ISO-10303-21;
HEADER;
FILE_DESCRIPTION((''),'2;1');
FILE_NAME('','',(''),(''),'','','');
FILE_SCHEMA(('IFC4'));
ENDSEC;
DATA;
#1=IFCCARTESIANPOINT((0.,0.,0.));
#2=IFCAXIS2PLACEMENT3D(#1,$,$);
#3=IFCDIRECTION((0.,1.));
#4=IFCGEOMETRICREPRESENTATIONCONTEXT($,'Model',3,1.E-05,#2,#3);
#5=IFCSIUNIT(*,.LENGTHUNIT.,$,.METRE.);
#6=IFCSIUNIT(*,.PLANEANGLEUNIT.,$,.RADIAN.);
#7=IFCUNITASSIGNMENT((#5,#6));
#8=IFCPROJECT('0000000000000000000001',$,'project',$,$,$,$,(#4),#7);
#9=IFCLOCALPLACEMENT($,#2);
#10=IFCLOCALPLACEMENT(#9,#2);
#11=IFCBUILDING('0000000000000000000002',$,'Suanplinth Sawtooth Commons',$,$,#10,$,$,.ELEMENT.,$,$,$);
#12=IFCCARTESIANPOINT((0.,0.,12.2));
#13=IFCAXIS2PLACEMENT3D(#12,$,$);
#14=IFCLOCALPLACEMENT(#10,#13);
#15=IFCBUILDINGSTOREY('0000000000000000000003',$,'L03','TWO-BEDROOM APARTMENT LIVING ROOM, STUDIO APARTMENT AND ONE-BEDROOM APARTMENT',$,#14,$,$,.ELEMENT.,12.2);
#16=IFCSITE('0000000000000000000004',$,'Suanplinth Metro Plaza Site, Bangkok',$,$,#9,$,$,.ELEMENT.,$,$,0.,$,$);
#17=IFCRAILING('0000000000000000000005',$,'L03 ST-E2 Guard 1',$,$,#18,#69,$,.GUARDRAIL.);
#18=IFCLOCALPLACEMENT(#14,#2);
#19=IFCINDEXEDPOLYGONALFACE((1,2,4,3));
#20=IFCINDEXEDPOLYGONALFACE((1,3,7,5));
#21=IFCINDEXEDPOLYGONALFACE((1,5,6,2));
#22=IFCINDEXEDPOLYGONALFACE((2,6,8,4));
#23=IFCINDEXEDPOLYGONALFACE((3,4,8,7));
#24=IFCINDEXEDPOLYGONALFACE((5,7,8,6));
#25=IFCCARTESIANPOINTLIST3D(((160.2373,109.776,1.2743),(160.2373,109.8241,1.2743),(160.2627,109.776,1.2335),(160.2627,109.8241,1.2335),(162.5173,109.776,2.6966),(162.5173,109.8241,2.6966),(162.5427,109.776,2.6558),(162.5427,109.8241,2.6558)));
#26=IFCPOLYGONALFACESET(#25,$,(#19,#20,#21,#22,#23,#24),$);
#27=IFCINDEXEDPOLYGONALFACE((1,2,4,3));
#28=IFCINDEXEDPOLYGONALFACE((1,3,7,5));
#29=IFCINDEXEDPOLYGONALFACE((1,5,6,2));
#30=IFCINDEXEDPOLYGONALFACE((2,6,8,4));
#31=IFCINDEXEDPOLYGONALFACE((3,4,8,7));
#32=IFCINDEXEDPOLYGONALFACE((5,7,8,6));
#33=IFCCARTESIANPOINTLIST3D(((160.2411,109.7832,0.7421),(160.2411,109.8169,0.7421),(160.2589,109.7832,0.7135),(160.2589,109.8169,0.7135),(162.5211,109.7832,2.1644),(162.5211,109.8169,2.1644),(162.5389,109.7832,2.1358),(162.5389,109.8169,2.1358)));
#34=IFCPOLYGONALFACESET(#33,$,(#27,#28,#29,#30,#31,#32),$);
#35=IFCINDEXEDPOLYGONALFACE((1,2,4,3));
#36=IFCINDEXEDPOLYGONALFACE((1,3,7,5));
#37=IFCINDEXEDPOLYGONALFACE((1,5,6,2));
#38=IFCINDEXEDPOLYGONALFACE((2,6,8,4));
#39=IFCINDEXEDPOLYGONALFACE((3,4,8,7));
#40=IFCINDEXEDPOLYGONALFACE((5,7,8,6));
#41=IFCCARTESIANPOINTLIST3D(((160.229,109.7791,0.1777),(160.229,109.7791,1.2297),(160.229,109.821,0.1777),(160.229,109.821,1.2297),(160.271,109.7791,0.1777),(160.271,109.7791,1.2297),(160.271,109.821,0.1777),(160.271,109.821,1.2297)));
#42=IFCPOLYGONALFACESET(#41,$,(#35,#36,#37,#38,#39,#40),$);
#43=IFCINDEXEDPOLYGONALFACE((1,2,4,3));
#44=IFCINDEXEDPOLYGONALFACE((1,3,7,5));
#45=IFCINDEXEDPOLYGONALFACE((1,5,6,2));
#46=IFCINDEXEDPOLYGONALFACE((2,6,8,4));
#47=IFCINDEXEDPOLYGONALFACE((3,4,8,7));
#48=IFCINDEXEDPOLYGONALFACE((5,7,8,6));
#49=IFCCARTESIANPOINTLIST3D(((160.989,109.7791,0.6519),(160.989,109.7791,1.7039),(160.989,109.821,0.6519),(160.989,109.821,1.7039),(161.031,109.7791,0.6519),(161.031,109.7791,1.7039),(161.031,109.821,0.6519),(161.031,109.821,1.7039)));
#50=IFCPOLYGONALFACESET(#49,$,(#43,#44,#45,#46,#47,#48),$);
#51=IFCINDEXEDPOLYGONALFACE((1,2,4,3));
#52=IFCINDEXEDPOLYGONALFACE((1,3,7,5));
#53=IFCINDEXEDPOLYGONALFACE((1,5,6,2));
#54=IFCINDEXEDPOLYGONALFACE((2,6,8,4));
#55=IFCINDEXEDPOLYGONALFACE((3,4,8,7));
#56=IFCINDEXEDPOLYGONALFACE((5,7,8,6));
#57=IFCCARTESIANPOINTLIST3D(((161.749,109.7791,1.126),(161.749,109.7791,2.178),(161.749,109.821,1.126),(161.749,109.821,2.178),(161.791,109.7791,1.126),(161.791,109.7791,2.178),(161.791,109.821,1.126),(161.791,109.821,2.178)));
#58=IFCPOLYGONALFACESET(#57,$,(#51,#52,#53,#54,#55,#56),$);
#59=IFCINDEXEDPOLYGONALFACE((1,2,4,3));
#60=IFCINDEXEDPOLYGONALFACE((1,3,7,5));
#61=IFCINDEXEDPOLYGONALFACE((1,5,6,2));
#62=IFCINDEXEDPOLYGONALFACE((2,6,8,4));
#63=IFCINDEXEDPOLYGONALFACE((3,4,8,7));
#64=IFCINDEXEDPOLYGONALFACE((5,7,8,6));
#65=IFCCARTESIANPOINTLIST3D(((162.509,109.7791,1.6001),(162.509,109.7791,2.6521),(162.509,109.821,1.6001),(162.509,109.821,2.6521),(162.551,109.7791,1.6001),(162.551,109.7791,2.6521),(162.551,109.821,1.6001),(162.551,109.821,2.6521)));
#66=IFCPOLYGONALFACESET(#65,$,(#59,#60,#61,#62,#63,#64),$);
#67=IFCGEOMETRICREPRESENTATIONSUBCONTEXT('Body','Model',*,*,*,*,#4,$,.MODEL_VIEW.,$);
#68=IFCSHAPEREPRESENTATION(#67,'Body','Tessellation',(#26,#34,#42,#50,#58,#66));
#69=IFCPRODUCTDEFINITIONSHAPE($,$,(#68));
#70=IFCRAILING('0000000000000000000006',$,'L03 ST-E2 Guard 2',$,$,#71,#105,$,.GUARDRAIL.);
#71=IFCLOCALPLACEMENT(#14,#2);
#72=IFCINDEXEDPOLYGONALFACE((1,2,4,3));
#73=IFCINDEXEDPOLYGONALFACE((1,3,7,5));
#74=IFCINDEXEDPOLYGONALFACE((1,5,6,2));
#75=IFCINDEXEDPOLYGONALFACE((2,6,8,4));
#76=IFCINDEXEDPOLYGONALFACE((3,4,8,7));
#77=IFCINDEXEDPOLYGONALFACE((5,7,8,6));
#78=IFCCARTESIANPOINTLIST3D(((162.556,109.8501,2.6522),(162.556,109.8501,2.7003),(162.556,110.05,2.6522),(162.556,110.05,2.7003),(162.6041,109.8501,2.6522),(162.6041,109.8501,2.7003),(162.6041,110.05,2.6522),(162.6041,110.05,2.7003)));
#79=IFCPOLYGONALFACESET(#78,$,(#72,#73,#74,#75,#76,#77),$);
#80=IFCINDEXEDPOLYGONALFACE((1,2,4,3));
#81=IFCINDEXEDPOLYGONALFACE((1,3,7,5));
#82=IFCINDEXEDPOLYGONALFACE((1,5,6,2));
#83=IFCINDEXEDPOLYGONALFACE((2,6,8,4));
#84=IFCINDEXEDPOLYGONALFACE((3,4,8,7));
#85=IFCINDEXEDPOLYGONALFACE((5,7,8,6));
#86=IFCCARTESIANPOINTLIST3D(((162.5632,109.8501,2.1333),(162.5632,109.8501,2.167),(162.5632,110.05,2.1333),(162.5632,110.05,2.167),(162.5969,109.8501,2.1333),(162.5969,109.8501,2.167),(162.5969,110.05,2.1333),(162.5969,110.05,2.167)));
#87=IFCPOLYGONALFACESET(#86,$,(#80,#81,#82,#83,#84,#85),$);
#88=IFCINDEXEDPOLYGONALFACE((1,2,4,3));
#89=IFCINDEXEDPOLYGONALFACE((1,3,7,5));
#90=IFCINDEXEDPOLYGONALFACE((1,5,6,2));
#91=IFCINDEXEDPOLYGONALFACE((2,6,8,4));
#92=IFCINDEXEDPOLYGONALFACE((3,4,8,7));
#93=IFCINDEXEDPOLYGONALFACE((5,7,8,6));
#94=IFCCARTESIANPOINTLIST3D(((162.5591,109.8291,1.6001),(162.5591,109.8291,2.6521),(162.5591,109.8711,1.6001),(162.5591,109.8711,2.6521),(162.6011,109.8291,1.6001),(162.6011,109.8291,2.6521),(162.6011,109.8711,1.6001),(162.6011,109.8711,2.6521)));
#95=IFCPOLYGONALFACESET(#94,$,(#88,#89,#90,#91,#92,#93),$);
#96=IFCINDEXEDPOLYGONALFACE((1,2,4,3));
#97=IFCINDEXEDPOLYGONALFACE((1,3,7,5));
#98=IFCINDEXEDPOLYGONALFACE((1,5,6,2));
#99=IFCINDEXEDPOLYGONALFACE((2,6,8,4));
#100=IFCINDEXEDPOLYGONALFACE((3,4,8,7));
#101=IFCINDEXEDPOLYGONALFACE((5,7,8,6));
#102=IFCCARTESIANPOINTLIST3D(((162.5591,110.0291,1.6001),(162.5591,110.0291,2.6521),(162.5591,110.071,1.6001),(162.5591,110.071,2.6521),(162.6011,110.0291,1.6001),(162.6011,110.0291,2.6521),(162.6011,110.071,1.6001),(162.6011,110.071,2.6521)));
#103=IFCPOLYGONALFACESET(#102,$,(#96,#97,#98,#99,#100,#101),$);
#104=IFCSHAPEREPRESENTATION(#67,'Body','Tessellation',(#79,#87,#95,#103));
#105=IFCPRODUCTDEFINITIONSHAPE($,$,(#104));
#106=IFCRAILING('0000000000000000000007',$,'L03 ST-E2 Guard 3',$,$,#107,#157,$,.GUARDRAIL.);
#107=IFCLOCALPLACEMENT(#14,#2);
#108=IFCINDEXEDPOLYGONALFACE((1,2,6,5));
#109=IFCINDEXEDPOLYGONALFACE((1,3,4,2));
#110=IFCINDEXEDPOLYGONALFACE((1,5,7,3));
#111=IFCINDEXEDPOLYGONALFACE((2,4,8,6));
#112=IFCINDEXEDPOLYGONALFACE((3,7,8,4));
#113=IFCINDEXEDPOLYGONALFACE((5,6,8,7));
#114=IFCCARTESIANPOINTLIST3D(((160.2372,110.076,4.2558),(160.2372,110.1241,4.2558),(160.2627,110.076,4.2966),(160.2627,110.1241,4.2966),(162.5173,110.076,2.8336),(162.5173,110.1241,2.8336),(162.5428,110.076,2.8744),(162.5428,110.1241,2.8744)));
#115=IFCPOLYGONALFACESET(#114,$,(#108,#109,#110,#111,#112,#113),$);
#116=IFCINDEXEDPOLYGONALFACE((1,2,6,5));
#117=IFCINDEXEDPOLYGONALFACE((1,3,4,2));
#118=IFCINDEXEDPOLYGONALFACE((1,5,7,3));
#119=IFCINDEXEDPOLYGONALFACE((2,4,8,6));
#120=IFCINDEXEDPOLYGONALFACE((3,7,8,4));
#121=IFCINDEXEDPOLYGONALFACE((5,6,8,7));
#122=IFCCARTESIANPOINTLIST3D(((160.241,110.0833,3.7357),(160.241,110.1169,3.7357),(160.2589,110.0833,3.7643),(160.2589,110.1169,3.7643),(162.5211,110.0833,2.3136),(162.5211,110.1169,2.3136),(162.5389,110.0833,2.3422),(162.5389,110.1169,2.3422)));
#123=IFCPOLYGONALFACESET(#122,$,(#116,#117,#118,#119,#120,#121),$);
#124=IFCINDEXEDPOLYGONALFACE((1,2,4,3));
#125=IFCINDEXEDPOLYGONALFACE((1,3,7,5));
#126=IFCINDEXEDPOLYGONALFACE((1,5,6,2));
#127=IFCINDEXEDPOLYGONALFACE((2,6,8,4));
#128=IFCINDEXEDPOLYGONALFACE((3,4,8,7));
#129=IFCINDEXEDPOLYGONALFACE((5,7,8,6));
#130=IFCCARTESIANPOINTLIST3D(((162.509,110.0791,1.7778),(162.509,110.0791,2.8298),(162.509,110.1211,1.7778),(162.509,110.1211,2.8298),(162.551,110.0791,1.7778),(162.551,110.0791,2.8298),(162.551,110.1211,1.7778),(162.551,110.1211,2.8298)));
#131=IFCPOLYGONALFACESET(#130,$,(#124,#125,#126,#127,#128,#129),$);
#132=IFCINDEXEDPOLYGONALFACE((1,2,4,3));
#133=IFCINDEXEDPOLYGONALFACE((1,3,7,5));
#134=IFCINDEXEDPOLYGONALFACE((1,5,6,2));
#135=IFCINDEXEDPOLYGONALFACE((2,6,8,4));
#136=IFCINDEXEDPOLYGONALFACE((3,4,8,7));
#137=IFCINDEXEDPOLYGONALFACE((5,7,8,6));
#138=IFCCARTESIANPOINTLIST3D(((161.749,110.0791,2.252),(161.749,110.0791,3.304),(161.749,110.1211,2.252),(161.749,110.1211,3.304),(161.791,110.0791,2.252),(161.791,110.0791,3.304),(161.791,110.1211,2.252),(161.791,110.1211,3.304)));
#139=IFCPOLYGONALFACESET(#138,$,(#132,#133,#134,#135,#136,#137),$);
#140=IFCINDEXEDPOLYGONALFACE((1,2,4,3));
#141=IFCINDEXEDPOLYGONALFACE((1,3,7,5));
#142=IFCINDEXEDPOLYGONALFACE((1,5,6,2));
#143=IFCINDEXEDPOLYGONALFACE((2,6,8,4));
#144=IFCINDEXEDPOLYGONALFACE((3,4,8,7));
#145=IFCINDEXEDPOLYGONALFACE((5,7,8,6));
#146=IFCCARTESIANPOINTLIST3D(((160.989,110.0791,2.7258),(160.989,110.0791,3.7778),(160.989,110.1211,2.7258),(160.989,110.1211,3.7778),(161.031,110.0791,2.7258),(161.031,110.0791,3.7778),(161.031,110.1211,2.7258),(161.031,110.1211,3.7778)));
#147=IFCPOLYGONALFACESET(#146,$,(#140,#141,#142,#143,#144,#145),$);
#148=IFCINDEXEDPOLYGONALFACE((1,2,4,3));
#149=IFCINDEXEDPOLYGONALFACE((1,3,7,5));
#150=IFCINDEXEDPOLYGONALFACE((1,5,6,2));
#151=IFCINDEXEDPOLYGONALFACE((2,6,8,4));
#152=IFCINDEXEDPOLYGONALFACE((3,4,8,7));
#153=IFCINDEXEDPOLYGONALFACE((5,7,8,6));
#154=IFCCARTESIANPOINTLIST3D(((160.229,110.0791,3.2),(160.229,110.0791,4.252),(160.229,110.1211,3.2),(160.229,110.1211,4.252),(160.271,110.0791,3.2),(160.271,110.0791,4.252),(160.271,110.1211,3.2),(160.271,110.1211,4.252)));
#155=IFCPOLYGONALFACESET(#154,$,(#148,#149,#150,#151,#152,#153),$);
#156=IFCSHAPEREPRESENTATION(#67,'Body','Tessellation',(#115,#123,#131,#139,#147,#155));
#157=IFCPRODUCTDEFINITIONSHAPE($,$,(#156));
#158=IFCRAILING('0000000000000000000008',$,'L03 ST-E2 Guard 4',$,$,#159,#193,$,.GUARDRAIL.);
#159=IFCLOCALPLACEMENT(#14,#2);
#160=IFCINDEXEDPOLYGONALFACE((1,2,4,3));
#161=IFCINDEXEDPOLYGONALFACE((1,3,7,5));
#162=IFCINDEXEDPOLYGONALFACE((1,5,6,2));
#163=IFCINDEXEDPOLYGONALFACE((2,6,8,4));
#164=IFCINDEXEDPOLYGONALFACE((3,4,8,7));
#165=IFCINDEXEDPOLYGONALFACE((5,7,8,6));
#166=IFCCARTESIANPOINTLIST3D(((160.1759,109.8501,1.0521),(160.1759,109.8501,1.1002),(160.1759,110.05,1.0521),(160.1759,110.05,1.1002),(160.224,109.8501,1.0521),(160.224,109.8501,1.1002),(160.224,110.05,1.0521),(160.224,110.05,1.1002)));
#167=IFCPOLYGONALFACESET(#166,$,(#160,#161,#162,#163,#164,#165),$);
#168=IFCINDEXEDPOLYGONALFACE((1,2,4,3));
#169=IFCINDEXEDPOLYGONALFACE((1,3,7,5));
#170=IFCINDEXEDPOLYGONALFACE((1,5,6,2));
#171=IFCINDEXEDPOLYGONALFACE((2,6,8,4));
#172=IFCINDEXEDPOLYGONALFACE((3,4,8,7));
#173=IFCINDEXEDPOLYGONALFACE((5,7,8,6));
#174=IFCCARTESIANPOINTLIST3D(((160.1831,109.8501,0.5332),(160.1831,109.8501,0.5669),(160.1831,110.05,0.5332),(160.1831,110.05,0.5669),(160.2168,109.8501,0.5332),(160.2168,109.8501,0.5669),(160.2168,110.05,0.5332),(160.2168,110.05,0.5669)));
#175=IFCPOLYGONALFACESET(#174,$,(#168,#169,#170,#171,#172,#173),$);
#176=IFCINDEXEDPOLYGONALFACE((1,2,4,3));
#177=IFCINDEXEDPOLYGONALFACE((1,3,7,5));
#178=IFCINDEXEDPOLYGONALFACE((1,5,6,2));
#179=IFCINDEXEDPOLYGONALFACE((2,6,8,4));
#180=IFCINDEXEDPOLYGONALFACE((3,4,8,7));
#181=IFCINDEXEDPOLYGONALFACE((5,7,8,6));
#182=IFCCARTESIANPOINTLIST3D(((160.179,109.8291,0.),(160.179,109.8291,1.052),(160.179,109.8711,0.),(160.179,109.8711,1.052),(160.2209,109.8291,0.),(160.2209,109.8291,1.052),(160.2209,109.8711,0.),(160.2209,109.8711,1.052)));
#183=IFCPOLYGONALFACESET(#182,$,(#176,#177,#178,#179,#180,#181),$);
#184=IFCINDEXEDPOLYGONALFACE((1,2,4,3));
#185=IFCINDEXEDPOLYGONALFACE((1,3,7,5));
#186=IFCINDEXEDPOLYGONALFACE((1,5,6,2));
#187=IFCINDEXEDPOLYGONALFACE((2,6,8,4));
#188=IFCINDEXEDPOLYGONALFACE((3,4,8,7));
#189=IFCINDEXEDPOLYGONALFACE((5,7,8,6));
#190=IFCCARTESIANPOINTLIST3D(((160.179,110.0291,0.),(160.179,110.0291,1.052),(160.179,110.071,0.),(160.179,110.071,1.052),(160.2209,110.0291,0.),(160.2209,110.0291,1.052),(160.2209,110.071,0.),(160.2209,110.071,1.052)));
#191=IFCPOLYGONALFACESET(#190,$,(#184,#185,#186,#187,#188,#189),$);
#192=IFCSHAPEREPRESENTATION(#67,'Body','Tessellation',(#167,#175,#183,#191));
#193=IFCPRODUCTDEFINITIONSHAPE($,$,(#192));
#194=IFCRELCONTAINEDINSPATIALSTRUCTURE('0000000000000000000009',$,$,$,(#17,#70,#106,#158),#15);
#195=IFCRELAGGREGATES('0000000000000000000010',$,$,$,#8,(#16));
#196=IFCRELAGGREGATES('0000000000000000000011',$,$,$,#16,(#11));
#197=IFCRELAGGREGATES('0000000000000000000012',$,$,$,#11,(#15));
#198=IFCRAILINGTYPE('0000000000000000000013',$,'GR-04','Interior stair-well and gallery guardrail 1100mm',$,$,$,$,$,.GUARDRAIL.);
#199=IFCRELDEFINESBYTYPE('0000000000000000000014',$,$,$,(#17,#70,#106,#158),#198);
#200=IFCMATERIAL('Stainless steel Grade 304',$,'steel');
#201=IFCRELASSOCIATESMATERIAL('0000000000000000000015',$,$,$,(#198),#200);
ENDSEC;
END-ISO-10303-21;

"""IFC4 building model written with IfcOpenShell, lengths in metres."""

from ifc_helpers import new_model, si_unit, direction, frame, origin, origin_2d, place, context, subcontext, project, spatial, rectangle, extrude, material, type_object, element, save


model = new_model("IFC4")

# Units and contexts
model_context = context("Model", 3, precision=1e-05, world=origin(), true_north=direction((0.0, 1.0)))
body_context = subcontext(model_context, "Body", "Model", "MODEL_VIEW")
ifc_project = project(units=[si_unit("LENGTHUNIT", "METRE"), si_unit("PLANEANGLEUNIT", "RADIAN")], contexts=[model_context])

# Site, building, storey
site_placement = place(None, origin())
site = spatial("IfcSite", under=ifc_project, at=site_placement, Name="Suanplinth Metro Plaza Site, Bangkok", CompositionType="ELEMENT", RefElevation=0.0)
building_placement = place(site_placement, origin())
building = spatial("IfcBuilding", under=site, at=building_placement, Name="Suanplinth Sawtooth Commons", CompositionType="ELEMENT")
storey_placement = place(building_placement, frame((0.0, 0.0, 12.2)))
storey = spatial("IfcBuildingStorey", under=building, at=storey_placement, Name="L03", Description="TWO-BEDROOM APARTMENT LIVING ROOM, STUDIO APARTMENT AND ONE-BEDROOM APARTMENT", CompositionType="ELEMENT", Elevation=12.2)

# Shared definitions
ifc_material_1 = material(Name="Stainless steel Grade 304", Category="steel")

# Railings
railing_type_1 = type_object("IfcRailingType", Name="GR-04", Description="Interior stair-well and gallery guardrail 1100mm", PredefinedType="GUARDRAIL", material=ifc_material_1)
railing_1_placement = place(storey_placement, frame((160.25, 109.8, 0.1777)))
element("IfcRailing", 1, at=railing_1_placement, inside=storey, type_object=railing_type_1, Name="L03 ST-E2 Guard 1", PredefinedType="GUARDRAIL", context=body_context, shape_type="SweptSolid", body=[
    extrude(rectangle(XDim=0.0481, YDim=0.0481, at=origin_2d()), frame((0.0, 0.0, 1.0762), z_axis=(0.848442, 0.0, 0.529288), x_axis=(0.0, 1.0, 0.0)), (0.0, 0.0, 1.0), 2.6873),
    extrude(rectangle(XDim=0.0337, YDim=0.0337, at=origin_2d()), frame((0.0, 0.0, 0.55), z_axis=(0.848442, 0.0, 0.529288), x_axis=(0.0, 1.0, 0.0)), (0.0, 0.0, 1.0), 2.6873),
    extrude(rectangle(XDim=0.042, YDim=0.042, at=origin_2d()), origin(), (0.0, 0.0, 1.0), 1.052),
    extrude(rectangle(XDim=0.042, YDim=0.042, at=origin_2d()), frame((0.76, 0.0, 0.4741)), (0.0, 0.0, 1.0), 1.052),
    extrude(rectangle(XDim=0.042, YDim=0.042, at=origin_2d()), frame((1.52, 0.0, 0.9482)), (0.0, 0.0, 1.0), 1.052),
    extrude(rectangle(XDim=0.042, YDim=0.042, at=origin_2d()), frame((2.28, 0.0, 1.4224)), (0.0, 0.0, 1.0), 1.052),
])
railing_2_placement = place(storey_placement, frame((162.5801, 109.8501, 1.6001)))
element("IfcRailing", 2, at=railing_2_placement, inside=storey, type_object=railing_type_1, Name="L03 ST-E2 Guard 2", PredefinedType="GUARDRAIL", context=body_context, shape_type="SweptSolid", body=[
    extrude(rectangle(XDim=0.0481, YDim=0.0481, at=origin_2d()), frame((0.0, 0.0, 1.0762), z_axis=(0.0, 1.0, 0.0), x_axis=(-1.0, 0.0, 0.0)), (0.0, 0.0, 1.0), 0.2),
    extrude(rectangle(XDim=0.0337, YDim=0.0337, at=origin_2d()), frame((0.0, 0.0, 0.55), z_axis=(0.0, 1.0, 0.0), x_axis=(-1.0, 0.0, 0.0)), (0.0, 0.0, 1.0), 0.2),
    extrude(rectangle(XDim=0.042, YDim=0.042, at=origin_2d()), origin(), (0.0, 0.0, 1.0), 1.052),
    extrude(rectangle(XDim=0.042, YDim=0.042, at=origin_2d()), frame((0.0, 0.2, 0.0)), (0.0, 0.0, 1.0), 1.052),
])
railing_3_placement = place(storey_placement, frame((162.53, 110.1001, 1.7778)))
element("IfcRailing", 3, at=railing_3_placement, inside=storey, type_object=railing_type_1, Name="L03 ST-E2 Guard 3", PredefinedType="GUARDRAIL", context=body_context, shape_type="SweptSolid", body=[
    extrude(rectangle(XDim=0.0481, YDim=0.0481, at=origin_2d()), frame((0.0, 0.0, 1.0762), z_axis=(-0.848483, 0.0, 0.529223), x_axis=(0.0, -1.0, 0.0)), (0.0, 0.0, 1.0), 2.6873),
    extrude(rectangle(XDim=0.0337, YDim=0.0337, at=origin_2d()), frame((0.0, 0.0, 0.55), z_axis=(-0.848483, 0.0, 0.529223), x_axis=(0.0, -1.0, 0.0)), (0.0, 0.0, 1.0), 2.6873),
    extrude(rectangle(XDim=0.042, YDim=0.042, at=origin_2d()), origin(), (0.0, 0.0, 1.0), 1.052),
    extrude(rectangle(XDim=0.042, YDim=0.042, at=origin_2d()), frame((-0.76, 0.0, 0.4741)), (0.0, 0.0, 1.0), 1.052),
    extrude(rectangle(XDim=0.042, YDim=0.042, at=origin_2d()), frame((-1.52, 0.0, 0.948)), (0.0, 0.0, 1.0), 1.052),
    extrude(rectangle(XDim=0.042, YDim=0.042, at=origin_2d()), frame((-2.28, 0.0, 1.4221)), (0.0, 0.0, 1.0), 1.052),
])
railing_4_placement = place(storey_placement, frame((160.2, 109.8501, 0.0)))
element("IfcRailing", 4, at=railing_4_placement, inside=storey, type_object=railing_type_1, Name="L03 ST-E2 Guard 4", PredefinedType="GUARDRAIL", context=body_context, shape_type="SweptSolid", body=[
    extrude(rectangle(XDim=0.0481, YDim=0.0481, at=origin_2d()), frame((0.0, 0.0, 1.0762), z_axis=(0.0, 1.0, 0.0), x_axis=(-1.0, 0.0, 0.0)), (0.0, 0.0, 1.0), 0.2),
    extrude(rectangle(XDim=0.0337, YDim=0.0337, at=origin_2d()), frame((0.0, 0.0, 0.55), z_axis=(0.0, 1.0, 0.0), x_axis=(-1.0, 0.0, 0.0)), (0.0, 0.0, 1.0), 0.2),
    extrude(rectangle(XDim=0.042, YDim=0.042, at=origin_2d()), origin(), (0.0, 0.0, 1.0), 1.052),
    extrude(rectangle(XDim=0.042, YDim=0.042, at=origin_2d()), frame((0.0, 0.2, 0.0)), (0.0, 0.0, 1.0), 1.052),
])

save(model, "model.ifc")
